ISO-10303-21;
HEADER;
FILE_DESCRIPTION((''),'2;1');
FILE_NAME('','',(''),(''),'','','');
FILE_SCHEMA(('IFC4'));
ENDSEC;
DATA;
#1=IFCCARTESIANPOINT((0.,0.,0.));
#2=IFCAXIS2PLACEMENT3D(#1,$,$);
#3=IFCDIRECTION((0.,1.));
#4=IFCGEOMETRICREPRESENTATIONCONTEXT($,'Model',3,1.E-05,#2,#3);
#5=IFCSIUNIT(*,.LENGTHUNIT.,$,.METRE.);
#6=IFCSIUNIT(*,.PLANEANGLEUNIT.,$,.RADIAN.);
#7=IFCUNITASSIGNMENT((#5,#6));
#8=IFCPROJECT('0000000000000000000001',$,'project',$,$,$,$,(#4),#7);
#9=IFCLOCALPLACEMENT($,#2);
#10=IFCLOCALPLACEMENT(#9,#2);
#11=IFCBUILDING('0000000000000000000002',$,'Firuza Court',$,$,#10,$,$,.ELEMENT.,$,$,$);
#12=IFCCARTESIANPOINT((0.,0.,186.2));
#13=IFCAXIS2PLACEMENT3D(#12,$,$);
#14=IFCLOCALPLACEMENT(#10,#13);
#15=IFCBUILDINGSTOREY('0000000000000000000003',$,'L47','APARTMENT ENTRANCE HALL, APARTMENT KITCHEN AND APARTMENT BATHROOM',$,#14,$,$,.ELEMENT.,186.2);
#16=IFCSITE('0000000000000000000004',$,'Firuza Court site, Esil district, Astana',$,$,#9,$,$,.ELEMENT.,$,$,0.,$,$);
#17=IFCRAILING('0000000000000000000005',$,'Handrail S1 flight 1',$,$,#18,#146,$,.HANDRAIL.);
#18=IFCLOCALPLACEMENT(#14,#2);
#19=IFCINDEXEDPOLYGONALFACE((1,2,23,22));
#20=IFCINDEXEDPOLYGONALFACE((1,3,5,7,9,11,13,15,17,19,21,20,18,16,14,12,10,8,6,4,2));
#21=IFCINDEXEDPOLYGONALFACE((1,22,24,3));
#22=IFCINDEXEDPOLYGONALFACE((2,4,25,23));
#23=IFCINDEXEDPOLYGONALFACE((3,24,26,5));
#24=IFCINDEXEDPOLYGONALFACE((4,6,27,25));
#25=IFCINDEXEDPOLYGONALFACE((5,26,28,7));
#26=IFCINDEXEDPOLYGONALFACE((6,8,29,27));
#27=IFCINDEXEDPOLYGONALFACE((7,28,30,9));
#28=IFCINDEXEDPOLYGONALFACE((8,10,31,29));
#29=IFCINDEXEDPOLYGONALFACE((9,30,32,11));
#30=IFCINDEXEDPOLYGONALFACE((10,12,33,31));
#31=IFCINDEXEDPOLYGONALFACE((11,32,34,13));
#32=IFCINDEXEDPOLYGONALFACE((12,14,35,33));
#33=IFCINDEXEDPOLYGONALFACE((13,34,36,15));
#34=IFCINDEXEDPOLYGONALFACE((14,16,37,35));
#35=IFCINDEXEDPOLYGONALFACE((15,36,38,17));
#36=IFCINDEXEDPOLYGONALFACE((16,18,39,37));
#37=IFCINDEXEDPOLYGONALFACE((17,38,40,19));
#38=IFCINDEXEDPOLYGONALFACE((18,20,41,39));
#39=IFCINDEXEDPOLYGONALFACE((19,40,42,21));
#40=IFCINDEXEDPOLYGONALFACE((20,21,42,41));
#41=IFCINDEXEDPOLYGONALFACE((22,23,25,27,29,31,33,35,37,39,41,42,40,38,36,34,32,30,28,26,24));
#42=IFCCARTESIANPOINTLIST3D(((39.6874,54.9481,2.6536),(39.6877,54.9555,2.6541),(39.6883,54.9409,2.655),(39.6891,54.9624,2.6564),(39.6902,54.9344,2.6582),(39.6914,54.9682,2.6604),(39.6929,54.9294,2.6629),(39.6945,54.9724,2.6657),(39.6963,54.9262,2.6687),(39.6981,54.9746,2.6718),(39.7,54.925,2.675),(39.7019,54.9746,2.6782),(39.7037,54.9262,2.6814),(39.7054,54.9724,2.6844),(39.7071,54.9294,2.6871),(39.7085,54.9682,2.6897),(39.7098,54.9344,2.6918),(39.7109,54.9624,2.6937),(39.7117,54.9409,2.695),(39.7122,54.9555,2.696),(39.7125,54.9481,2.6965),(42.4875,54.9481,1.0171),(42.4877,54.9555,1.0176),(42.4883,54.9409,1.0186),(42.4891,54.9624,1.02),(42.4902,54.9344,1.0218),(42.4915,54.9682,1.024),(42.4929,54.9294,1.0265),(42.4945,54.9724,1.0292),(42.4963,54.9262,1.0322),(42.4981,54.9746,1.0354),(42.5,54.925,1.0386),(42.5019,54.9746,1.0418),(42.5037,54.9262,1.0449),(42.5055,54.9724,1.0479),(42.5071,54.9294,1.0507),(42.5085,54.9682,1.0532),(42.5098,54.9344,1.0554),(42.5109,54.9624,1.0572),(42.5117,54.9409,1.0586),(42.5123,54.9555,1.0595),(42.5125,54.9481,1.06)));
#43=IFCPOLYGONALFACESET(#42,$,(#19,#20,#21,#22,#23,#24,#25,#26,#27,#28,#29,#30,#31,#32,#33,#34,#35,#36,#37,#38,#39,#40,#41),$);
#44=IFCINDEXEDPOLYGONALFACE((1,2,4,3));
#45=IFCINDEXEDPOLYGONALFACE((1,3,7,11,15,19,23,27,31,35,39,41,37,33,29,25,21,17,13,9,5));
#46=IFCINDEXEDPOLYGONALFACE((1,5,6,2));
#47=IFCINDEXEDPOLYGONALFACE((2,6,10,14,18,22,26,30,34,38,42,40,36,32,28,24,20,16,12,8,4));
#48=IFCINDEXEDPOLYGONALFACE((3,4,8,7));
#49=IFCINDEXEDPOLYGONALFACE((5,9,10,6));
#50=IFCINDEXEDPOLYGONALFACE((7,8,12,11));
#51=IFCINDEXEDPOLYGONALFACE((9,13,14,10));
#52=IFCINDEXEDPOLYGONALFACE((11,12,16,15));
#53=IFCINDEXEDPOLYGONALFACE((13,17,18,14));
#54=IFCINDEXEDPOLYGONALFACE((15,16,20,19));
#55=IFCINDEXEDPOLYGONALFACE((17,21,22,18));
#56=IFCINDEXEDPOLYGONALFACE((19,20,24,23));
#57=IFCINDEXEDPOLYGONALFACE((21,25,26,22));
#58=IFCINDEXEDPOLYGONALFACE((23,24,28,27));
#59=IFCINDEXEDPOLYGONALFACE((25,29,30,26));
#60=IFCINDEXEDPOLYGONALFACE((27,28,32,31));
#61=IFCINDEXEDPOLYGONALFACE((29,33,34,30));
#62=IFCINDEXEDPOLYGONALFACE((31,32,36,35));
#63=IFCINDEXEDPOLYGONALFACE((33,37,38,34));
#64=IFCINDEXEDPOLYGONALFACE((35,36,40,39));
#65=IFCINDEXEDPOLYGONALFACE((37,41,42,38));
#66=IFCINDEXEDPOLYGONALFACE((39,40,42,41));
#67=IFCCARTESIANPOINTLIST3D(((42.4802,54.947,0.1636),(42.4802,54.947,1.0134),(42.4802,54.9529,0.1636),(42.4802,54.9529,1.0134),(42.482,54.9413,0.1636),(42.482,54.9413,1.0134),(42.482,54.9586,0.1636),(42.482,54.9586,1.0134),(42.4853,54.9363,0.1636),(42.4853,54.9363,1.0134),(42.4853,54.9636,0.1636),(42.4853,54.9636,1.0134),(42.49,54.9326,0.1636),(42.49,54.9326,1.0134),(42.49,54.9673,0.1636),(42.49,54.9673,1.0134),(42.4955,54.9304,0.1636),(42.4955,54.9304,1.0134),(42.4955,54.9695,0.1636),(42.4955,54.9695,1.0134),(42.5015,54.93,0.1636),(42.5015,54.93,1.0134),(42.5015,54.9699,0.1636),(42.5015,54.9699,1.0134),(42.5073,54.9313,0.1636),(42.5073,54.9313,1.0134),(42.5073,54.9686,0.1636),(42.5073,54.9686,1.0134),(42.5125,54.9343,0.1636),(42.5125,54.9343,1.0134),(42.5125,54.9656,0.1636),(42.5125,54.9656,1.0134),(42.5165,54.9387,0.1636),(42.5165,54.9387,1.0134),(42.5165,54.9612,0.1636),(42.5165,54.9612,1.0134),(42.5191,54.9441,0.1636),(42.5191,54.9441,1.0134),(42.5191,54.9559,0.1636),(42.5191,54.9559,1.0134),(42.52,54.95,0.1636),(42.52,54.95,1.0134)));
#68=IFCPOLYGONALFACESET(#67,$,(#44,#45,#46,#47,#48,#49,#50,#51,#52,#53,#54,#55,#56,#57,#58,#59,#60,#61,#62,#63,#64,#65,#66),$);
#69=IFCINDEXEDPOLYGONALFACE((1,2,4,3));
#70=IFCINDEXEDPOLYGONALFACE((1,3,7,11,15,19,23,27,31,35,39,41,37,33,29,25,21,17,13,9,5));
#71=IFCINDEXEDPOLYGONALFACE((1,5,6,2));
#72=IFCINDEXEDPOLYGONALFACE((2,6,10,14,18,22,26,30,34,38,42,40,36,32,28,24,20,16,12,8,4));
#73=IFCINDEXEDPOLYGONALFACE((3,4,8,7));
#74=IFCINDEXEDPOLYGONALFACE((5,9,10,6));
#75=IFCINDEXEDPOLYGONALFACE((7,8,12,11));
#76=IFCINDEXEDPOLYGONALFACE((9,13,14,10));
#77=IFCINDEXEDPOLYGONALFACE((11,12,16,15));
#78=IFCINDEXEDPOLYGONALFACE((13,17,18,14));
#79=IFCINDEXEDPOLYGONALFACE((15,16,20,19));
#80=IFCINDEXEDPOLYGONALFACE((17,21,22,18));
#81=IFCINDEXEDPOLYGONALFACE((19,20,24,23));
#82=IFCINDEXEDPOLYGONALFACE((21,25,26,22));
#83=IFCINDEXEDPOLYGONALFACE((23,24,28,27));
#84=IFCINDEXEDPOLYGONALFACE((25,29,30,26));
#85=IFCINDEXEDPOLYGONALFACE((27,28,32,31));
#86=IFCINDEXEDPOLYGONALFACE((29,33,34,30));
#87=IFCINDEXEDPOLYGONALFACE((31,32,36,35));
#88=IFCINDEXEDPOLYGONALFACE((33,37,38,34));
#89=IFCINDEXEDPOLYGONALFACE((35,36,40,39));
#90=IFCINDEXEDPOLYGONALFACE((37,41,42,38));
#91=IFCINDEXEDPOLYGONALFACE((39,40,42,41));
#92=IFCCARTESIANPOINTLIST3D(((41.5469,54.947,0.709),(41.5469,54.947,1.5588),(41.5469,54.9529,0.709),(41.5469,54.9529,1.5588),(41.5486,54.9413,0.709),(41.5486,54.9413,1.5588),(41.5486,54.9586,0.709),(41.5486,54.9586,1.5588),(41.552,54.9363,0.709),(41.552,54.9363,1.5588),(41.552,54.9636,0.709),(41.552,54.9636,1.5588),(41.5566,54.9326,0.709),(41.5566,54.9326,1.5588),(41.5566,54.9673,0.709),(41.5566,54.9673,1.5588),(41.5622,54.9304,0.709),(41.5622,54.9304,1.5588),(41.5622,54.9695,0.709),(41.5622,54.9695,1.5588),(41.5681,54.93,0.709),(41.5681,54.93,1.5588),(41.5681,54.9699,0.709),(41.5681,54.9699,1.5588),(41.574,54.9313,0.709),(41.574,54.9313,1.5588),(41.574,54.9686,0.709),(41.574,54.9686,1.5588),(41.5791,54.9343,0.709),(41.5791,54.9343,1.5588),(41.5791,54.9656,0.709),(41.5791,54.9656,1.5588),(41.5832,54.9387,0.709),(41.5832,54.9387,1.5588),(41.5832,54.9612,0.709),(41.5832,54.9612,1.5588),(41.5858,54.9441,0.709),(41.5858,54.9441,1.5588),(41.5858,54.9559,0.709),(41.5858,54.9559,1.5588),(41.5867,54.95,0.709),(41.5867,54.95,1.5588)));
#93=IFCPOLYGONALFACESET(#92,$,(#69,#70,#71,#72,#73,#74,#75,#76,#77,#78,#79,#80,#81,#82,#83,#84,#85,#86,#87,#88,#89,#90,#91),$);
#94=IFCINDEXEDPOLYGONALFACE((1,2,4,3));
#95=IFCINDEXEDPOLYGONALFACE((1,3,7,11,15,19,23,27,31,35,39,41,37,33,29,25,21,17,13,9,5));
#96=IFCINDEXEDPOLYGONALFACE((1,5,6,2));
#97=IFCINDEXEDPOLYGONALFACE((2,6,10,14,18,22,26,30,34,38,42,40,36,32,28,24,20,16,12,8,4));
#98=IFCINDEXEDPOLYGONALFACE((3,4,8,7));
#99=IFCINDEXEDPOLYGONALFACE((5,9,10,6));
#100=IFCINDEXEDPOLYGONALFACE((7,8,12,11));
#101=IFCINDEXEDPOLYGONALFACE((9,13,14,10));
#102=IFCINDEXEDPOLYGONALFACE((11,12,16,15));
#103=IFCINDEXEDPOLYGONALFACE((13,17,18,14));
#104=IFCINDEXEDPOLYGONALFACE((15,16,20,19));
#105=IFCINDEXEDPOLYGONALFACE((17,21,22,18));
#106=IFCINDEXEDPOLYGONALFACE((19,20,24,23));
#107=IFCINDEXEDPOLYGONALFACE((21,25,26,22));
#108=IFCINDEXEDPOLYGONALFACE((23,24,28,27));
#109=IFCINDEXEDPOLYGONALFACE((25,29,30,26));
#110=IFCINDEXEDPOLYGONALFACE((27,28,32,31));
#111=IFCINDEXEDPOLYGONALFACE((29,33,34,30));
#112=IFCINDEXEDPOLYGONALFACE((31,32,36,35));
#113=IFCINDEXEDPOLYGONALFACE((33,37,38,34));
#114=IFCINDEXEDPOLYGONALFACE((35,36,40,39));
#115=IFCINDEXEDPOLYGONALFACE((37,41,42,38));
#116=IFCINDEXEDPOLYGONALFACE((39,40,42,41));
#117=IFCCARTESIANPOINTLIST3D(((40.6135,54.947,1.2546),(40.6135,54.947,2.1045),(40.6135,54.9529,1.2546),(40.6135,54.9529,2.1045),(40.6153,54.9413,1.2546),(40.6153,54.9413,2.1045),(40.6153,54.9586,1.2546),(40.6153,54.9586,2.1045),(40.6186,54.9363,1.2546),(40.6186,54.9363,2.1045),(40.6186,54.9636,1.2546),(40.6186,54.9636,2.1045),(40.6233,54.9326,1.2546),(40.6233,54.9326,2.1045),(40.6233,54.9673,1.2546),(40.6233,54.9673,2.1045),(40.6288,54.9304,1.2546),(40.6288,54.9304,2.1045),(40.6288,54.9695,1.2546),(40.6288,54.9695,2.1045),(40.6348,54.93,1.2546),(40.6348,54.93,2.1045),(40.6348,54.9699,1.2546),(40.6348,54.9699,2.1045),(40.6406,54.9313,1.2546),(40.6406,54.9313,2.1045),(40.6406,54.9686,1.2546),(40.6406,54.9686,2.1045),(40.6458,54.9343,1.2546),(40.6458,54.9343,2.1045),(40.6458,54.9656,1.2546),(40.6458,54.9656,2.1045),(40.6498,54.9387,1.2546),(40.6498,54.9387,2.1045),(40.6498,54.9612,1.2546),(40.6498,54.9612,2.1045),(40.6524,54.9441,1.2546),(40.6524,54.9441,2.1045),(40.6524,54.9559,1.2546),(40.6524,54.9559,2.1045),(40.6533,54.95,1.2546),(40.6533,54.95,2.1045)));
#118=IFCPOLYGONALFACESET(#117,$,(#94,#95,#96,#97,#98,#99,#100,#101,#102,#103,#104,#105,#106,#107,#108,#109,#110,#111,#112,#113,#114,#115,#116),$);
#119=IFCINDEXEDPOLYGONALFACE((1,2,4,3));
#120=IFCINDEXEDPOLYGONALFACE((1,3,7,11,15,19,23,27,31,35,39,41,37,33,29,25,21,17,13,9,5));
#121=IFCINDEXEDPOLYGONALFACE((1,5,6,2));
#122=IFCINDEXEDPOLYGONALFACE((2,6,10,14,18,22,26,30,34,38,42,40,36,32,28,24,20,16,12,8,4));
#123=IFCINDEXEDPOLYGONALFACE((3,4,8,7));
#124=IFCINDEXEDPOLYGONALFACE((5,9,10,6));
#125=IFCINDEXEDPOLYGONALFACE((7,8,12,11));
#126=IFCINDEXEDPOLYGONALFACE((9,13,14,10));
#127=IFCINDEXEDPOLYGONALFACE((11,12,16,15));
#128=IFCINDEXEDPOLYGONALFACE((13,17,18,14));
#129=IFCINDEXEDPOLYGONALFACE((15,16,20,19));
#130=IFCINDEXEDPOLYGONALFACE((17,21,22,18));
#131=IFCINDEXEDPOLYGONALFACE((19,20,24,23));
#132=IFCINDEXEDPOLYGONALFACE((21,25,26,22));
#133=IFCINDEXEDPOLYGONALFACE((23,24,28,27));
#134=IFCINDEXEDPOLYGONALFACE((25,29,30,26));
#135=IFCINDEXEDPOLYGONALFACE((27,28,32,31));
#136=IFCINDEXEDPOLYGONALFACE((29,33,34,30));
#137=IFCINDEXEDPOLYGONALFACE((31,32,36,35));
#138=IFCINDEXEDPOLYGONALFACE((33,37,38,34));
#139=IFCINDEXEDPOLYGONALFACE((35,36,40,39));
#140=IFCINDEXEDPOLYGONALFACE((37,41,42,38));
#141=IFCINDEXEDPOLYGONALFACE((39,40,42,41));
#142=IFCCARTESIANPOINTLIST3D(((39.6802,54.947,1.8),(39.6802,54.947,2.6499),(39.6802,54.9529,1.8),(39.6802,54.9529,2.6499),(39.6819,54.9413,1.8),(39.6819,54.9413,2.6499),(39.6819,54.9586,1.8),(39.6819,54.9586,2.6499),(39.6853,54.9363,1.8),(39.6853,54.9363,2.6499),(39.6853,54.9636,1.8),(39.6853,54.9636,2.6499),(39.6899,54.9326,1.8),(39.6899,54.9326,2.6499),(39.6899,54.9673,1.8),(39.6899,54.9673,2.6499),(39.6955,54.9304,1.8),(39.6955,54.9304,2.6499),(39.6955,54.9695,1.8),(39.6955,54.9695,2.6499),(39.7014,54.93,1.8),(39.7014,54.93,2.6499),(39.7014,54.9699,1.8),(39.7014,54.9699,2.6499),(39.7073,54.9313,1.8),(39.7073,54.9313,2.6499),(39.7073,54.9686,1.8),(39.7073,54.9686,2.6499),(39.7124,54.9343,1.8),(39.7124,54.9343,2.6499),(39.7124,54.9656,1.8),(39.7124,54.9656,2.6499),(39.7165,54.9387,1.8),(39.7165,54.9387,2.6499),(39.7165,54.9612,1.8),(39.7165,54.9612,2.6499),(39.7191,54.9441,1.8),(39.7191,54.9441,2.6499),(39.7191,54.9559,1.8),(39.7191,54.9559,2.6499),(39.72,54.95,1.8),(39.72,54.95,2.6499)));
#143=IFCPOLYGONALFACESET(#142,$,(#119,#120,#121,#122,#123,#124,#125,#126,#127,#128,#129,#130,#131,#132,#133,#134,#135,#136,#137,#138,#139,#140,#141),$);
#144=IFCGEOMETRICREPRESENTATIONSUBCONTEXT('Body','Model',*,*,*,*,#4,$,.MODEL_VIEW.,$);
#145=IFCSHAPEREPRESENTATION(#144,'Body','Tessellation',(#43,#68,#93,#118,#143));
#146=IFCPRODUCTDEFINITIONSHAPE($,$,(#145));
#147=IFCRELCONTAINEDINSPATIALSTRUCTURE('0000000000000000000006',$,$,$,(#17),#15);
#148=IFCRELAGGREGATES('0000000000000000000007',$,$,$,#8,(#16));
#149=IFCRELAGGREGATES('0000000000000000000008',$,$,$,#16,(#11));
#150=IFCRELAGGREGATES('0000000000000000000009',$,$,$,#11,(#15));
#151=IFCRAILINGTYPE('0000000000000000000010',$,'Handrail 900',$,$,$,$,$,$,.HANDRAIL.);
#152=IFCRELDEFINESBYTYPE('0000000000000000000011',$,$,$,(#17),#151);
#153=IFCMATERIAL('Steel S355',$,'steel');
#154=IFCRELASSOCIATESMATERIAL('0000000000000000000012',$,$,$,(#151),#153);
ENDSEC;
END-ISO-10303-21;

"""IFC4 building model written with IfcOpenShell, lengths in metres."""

from ifc_helpers import new_model, si_unit, direction, frame, origin, origin_2d, place, context, subcontext, project, spatial, circle, extrude, material, type_object, element, save


model = new_model("IFC4")

# Units and contexts
model_context = context("Model", 3, precision=1e-05, world=origin(), true_north=direction((0.0, 1.0)))
body_context = subcontext(model_context, "Body", "Model", "MODEL_VIEW")
ifc_project = project(units=[si_unit("LENGTHUNIT", "METRE"), si_unit("PLANEANGLEUNIT", "RADIAN")], contexts=[model_context])

# Site, building, storey
site_placement = place(None, origin())
site = spatial("IfcSite", under=ifc_project, at=site_placement, Name="Firuza Court site, Esil district, Astana", CompositionType="ELEMENT", RefElevation=0.0)
building_placement = place(site_placement, origin())
building = spatial("IfcBuilding", under=site, at=building_placement, Name="Firuza Court", CompositionType="ELEMENT")
storey_placement = place(building_placement, frame((0.0, 0.0, 186.2)))
storey = spatial("IfcBuildingStorey", under=building, at=storey_placement, Name="L47", Description="APARTMENT ENTRANCE HALL, APARTMENT KITCHEN AND APARTMENT BATHROOM", CompositionType="ELEMENT", Elevation=186.2)

# Railing
ifc_material_1 = material(Name="Steel S355", Category="steel")
railing_type_1 = type_object("IfcRailingType", Name="Handrail 900", PredefinedType="HANDRAIL", material=ifc_material_1)
railing_1_placement = place(storey_placement, frame((42.5, 54.95, 0.1636)))
element("IfcRailing", 1, at=railing_1_placement, inside=storey, type_object=railing_type_1, Name="Handrail S1 flight 1", PredefinedType="HANDRAIL", context=body_context, shape_type="SweptSolid", body=[
    extrude(circle(Radius=0.0249, at=origin_2d()), frame((0.0, 0.0, 0.875), z_axis=(-0.863361, 0.0, 0.504587), x_axis=(0.0, -1.0, 0.0)), (0.0, 0.0, 1.0), 3.2432),
    extrude(circle(Radius=0.02, at=origin_2d()), origin(), (0.0, 0.0, 1.0), 0.8499),
    extrude(circle(Radius=0.02, at=origin_2d()), frame((-0.9333, 0.0, 0.5454)), (0.0, 0.0, 1.0), 0.8499),
    extrude(circle(Radius=0.02, at=origin_2d()), frame((-1.8667, 0.0, 1.0911)), (0.0, 0.0, 1.0), 0.8499),
    extrude(circle(Radius=0.02, at=origin_2d()), frame((-2.8, 0.0, 1.6365)), (0.0, 0.0, 1.0), 0.8499),
])

save(model, "model.ifc")
